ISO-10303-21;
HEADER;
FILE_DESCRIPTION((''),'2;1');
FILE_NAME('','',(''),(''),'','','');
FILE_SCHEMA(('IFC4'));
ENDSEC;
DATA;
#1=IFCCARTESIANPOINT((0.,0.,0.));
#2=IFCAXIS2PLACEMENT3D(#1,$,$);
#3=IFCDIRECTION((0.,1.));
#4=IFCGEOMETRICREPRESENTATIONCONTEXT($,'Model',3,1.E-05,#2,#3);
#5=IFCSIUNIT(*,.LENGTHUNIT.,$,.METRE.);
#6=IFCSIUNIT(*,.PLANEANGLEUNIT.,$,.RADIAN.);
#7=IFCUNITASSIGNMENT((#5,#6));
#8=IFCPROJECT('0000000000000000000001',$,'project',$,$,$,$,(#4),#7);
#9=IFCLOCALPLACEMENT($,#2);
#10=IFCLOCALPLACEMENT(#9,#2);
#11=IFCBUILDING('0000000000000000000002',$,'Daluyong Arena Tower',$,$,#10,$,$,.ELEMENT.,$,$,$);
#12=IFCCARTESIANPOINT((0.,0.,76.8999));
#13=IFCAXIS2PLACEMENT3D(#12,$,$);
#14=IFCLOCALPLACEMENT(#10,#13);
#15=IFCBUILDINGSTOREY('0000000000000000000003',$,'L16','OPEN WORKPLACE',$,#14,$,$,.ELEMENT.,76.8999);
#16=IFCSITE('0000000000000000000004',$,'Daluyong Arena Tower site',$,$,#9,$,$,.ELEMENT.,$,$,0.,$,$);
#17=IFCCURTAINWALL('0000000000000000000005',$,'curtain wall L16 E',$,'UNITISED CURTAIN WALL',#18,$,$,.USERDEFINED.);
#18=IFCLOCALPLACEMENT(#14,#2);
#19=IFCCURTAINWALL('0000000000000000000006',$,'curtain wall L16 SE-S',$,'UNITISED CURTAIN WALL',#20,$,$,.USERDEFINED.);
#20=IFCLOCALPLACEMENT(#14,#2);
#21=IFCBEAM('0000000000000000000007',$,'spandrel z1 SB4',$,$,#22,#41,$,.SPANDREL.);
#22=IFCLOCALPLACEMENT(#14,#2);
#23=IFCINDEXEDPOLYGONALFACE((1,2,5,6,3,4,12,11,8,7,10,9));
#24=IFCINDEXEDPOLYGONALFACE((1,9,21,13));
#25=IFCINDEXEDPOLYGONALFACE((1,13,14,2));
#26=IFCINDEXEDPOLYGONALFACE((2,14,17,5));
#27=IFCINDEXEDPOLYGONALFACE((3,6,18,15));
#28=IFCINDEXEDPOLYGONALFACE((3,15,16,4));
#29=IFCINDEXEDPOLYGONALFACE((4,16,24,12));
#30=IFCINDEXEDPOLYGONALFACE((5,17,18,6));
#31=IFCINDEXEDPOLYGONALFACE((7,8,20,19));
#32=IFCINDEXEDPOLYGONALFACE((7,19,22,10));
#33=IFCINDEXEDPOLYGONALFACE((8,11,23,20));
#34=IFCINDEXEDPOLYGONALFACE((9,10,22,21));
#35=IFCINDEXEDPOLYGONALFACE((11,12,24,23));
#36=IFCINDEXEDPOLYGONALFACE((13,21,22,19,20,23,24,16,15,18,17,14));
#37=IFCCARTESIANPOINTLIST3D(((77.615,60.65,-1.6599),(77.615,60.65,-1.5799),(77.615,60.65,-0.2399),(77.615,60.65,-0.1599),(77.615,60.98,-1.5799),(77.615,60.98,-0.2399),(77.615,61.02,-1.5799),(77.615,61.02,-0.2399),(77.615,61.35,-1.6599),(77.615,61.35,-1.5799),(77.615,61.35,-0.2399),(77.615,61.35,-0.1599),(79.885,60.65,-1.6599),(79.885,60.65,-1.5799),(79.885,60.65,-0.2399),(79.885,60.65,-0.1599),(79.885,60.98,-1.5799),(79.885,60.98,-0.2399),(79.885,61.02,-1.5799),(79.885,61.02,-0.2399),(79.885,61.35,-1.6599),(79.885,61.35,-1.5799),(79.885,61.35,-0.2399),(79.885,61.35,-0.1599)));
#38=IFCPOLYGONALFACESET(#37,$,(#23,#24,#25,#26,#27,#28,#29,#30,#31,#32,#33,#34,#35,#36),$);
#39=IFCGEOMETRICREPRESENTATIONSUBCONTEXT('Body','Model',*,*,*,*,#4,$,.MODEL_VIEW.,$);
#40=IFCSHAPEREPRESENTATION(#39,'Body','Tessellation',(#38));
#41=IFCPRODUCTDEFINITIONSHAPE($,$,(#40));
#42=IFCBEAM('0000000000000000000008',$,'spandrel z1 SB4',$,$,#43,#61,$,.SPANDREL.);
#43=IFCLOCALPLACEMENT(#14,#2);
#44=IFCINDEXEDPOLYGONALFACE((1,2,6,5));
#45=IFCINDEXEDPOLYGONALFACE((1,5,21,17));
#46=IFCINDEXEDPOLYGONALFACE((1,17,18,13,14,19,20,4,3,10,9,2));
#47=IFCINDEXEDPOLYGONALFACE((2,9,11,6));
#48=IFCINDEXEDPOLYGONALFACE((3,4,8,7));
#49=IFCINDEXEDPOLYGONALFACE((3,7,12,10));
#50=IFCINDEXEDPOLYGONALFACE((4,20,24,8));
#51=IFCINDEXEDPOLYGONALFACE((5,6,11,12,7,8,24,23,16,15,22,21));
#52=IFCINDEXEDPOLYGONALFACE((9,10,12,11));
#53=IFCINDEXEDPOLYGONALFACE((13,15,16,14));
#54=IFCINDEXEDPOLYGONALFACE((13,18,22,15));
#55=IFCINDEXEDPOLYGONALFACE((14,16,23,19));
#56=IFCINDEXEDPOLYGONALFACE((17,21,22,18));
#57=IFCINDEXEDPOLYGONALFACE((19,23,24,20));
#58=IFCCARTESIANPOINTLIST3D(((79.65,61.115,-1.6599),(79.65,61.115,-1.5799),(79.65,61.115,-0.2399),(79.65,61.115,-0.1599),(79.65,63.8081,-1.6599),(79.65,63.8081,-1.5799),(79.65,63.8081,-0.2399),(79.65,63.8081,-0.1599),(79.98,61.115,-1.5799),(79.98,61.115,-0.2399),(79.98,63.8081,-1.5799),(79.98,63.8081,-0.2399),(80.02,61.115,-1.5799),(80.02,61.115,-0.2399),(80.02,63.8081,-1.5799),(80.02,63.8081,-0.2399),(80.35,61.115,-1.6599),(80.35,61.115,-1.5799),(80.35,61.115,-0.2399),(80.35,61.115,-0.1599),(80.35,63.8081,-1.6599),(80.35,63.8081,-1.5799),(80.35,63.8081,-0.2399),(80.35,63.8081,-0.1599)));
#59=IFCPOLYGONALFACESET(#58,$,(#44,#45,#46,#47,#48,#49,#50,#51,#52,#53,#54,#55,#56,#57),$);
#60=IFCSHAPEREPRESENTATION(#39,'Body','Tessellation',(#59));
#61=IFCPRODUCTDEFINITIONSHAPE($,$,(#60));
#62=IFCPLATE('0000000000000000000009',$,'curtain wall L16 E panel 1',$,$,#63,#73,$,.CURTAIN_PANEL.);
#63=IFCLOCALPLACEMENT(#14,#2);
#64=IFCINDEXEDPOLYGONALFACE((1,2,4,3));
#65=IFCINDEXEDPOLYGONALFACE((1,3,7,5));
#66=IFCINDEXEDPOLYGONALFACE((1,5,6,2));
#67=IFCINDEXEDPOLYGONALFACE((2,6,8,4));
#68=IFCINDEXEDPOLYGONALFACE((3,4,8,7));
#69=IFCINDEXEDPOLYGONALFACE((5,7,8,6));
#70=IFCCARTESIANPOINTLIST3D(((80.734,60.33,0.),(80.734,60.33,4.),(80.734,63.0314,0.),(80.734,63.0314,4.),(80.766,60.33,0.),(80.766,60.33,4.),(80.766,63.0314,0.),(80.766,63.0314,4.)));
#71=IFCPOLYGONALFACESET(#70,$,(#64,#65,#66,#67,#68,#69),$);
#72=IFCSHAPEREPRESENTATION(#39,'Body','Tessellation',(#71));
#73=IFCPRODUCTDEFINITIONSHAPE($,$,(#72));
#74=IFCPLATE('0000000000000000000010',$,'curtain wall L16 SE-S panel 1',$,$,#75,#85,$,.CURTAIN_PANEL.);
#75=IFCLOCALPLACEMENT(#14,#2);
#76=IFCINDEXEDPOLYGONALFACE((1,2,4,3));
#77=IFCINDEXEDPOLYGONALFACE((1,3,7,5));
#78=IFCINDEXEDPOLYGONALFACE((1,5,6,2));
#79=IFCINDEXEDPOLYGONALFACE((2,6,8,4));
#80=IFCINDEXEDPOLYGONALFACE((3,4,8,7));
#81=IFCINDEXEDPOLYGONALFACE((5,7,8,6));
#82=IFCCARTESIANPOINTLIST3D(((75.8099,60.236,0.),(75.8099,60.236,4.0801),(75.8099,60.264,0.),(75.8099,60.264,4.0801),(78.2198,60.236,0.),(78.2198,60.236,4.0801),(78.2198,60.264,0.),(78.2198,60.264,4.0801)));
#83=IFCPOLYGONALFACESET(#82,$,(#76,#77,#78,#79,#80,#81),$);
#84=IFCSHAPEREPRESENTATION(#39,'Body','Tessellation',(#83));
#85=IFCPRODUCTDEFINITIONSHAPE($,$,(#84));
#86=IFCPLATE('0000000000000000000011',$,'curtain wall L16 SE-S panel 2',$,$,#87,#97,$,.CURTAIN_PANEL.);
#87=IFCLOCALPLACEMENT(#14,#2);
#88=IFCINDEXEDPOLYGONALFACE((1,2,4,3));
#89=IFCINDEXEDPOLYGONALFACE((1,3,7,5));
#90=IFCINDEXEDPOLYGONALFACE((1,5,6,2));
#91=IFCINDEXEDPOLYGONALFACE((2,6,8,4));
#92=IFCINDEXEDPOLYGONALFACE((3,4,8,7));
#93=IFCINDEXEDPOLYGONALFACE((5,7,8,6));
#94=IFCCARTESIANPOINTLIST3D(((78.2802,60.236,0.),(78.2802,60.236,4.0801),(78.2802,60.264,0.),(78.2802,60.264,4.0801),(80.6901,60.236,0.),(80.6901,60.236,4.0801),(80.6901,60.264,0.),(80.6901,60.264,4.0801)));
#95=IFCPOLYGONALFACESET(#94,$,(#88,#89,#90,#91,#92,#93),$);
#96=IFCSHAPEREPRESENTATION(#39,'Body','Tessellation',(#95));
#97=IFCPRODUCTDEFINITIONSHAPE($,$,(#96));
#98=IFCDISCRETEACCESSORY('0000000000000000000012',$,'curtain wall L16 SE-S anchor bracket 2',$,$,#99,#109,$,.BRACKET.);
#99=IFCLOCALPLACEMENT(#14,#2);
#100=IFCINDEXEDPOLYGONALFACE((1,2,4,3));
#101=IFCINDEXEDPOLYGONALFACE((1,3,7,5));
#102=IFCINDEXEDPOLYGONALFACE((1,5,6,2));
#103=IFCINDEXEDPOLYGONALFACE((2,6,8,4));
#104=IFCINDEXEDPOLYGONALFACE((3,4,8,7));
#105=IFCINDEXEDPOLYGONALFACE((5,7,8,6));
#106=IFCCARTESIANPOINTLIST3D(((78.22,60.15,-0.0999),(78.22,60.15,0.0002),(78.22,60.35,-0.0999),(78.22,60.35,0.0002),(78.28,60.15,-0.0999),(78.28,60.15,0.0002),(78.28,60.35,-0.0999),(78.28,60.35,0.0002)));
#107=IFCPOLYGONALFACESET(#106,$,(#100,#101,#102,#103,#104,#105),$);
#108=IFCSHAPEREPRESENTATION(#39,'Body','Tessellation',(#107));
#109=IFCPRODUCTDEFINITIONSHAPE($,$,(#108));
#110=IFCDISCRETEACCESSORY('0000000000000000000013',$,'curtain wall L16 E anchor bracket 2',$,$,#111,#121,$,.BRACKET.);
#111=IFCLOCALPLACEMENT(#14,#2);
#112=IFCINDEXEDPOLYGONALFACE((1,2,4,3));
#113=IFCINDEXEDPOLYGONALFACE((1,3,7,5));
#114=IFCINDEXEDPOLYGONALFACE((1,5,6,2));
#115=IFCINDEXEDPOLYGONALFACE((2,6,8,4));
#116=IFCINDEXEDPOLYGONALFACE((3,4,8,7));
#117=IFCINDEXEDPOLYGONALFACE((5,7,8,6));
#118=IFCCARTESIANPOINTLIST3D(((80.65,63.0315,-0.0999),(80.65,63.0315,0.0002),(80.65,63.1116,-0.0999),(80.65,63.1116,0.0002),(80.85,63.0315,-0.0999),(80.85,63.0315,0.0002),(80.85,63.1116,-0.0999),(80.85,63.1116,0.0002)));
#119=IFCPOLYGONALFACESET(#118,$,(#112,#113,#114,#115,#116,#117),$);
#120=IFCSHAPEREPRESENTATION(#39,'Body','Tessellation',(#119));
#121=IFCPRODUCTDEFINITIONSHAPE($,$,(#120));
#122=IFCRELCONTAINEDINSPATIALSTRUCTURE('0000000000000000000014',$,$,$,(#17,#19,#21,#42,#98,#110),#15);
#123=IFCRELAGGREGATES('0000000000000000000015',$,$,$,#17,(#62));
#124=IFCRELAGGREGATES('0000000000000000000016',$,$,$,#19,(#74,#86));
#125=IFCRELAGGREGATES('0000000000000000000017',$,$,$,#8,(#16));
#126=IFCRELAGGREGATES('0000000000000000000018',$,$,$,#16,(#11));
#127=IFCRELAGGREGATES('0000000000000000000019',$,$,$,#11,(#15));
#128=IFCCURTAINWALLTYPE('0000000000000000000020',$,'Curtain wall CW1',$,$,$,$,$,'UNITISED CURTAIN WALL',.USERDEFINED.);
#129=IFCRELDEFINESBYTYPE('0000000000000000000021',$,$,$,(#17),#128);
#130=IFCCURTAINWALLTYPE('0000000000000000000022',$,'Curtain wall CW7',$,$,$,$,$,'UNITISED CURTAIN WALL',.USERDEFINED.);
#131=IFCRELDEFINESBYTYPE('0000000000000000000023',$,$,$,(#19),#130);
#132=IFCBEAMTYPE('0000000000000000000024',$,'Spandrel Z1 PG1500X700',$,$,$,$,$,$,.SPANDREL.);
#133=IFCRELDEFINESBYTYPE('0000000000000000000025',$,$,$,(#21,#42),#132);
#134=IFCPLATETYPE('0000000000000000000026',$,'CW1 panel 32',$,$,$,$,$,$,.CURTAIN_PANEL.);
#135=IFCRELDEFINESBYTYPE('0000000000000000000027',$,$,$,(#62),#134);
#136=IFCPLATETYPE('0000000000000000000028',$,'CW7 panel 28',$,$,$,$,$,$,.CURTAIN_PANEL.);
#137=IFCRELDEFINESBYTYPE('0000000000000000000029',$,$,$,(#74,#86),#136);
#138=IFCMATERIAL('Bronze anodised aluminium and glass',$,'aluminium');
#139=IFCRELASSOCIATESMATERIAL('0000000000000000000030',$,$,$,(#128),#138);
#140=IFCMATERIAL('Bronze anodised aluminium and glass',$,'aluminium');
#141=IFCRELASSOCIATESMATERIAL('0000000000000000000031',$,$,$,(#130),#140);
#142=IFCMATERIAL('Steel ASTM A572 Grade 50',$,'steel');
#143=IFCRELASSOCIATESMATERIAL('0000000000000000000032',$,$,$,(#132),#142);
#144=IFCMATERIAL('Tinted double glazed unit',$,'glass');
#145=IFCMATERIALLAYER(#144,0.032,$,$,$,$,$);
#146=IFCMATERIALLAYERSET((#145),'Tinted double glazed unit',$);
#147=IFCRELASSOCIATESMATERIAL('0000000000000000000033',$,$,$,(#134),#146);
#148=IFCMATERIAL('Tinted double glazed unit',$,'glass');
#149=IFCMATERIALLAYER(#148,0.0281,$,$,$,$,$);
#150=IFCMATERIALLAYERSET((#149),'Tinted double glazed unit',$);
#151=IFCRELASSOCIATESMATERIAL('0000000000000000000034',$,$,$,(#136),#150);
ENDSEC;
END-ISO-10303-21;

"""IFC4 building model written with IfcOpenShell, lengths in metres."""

from ifc_helpers import new_model, si_unit, direction, frame, origin, origin_2d, place, context, subcontext, project, spatial, rectangle, i_section, extrude, material, layer, layer_set, material_profile, profile_set, type_object, element, aggregate, save


model = new_model("IFC4")

# Units and contexts
model_context = context("Model", 3, precision=1e-05, world=origin(), true_north=direction((0.0, 1.0)))
body_context = subcontext(model_context, "Body", "Model", "MODEL_VIEW")
ifc_project = project(units=[si_unit("LENGTHUNIT", "METRE"), si_unit("PLANEANGLEUNIT", "RADIAN")], contexts=[model_context])

# Site, building, storey
site_placement = place(None, origin())
site = spatial("IfcSite", under=ifc_project, at=site_placement, Name="Daluyong Arena Tower site", CompositionType="ELEMENT", RefElevation=0.0)
building_placement = place(site_placement, origin())
building = spatial("IfcBuilding", under=site, at=building_placement, Name="Daluyong Arena Tower", CompositionType="ELEMENT")
storey_placement = place(building_placement, frame((0.0, 0.0, 76.8999)))
storey = spatial("IfcBuildingStorey", under=building, at=storey_placement, Name="L16", Description="OPEN WORKPLACE", CompositionType="ELEMENT", Elevation=76.8999)

# Curtain walls
ifc_material_1 = material(Name="Bronze anodised aluminium and glass", Category="aluminium")
curtain_wall_type_1 = type_object("IfcCurtainWallType", Name="Curtain wall CW1", ElementType="UNITISED CURTAIN WALL", PredefinedType="USERDEFINED", material=ifc_material_1)
curtain_wall_1_placement = place(storey_placement, origin())
curtain_wall_1 = element("IfcCurtainWall", 1, at=curtain_wall_1_placement, inside=storey, type_object=curtain_wall_type_1, Name="curtain wall L16 E", ObjectType="UNITISED CURTAIN WALL", PredefinedType="USERDEFINED")
ifc_material_2 = material(Name="Bronze anodised aluminium and glass", Category="aluminium")
curtain_wall_type_2 = type_object("IfcCurtainWallType", Name="Curtain wall CW7", ElementType="UNITISED CURTAIN WALL", PredefinedType="USERDEFINED", material=ifc_material_2)
curtain_wall_2_placement = place(storey_placement, origin())
curtain_wall_2 = element("IfcCurtainWall", 2, at=curtain_wall_2_placement, inside=storey, type_object=curtain_wall_type_2, Name="curtain wall L16 SE-S", ObjectType="UNITISED CURTAIN WALL", PredefinedType="USERDEFINED")

# Beams
ifc_material_3 = material(Name="Steel ASTM A572 Grade 50", Category="steel")
ifc_material_profile_1 = material_profile(ifc_material_3, i_section(OverallWidth=0.7, OverallDepth=1.5, WebThickness=0.04, FlangeThickness=0.08, at=origin_2d()))
ifc_profile_set_1 = profile_set([ifc_material_profile_1], Name="Steel ASTM A572 Grade 50")
beam_type = type_object("IfcBeamType", Name="Spandrel Z1 PG1500X700", PredefinedType="SPANDREL", material=ifc_profile_set_1)
beam_1_placement = place(storey_placement, frame((77.615, 61.0, -0.9099), z_axis=(1.0, 0.0, 0.0), x_axis=(0.0, 1.0, 0.0)))
element("IfcBeam", 3, at=beam_1_placement, inside=storey, type_object=beam_type, Name="spandrel z1 SB4", PredefinedType="SPANDREL", context=body_context, shape_type="SweptSolid", body=[
    extrude(i_section(OverallWidth=0.7, OverallDepth=1.5, WebThickness=0.04, FlangeThickness=0.08, at=origin_2d()), origin(), (0.0, 0.0, 1.0), 2.27),
])
beam_2_placement = place(storey_placement, frame((80.0, 61.115, -0.9099), z_axis=(0.0, 1.0, 0.0), x_axis=(-1.0, 0.0, 0.0)))
element("IfcBeam", 4, at=beam_2_placement, inside=storey, type_object=beam_type, Name="spandrel z1 SB4", PredefinedType="SPANDREL", context=body_context, shape_type="SweptSolid", body=[
    extrude(i_section(OverallWidth=0.7, OverallDepth=1.5, WebThickness=0.04, FlangeThickness=0.08, at=origin_2d()), origin(), (0.0, 0.0, 1.0), 2.6931),
])

# Plates
ifc_material_4 = material(Name="Tinted double glazed unit", Category="glass")
ifc_layer_1 = layer(ifc_material_4, 0.032)
ifc_layer_set_1 = layer_set([ifc_layer_1], Name="Tinted double glazed unit")
plate_type_1 = type_object("IfcPlateType", Name="CW1 panel 32", PredefinedType="CURTAIN_PANEL", material=ifc_layer_set_1)
plate_1_placement = place(storey_placement, frame((80.75, 61.6807, 0.0), z_axis=(0.0, 0.0, 1.0), x_axis=(0.0, 1.0, 0.0)))
plate_1 = element("IfcPlate", 5, at=plate_1_placement, type_object=plate_type_1, Name="curtain wall L16 E panel 1", PredefinedType="CURTAIN_PANEL", context=body_context, shape_type="SweptSolid", body=[
    extrude(rectangle(XDim=2.7014, YDim=0.032, at=origin_2d()), origin(), (0.0, 0.0, 1.0), 4.0),
])
aggregate(curtain_wall_1, [plate_1])
ifc_material_5 = material(Name="Tinted double glazed unit", Category="glass")
ifc_layer_2 = layer(ifc_material_5, 0.0281)
ifc_layer_set_2 = layer_set([ifc_layer_2], Name="Tinted double glazed unit")
plate_type_2 = type_object("IfcPlateType", Name="CW7 panel 28", PredefinedType="CURTAIN_PANEL", material=ifc_layer_set_2)
plate_2_placement = place(storey_placement, frame((77.0149, 60.25, 0.0), z_axis=(0.0, 0.0, 1.0), x_axis=(1.0, 0.0, 0.0)))
plate_2 = element("IfcPlate", 6, at=plate_2_placement, type_object=plate_type_2, Name="curtain wall L16 SE-S panel 1", PredefinedType="CURTAIN_PANEL", context=body_context, shape_type="SweptSolid", body=[
    extrude(rectangle(XDim=2.4099, YDim=0.0281, at=origin_2d()), origin(), (0.0, 0.0, 1.0), 4.0801),
])
plate_3_placement = place(storey_placement, frame((79.4851, 60.25, 0.0), z_axis=(0.0, 0.0, 1.0), x_axis=(1.0, 0.0, 0.0)))
plate_3 = element("IfcPlate", 7, at=plate_3_placement, type_object=plate_type_2, Name="curtain wall L16 SE-S panel 2", PredefinedType="CURTAIN_PANEL", context=body_context, shape_type="SweptSolid", body=[
    extrude(rectangle(XDim=2.4099, YDim=0.0281, at=origin_2d()), origin(), (0.0, 0.0, 1.0), 4.0801),
])
aggregate(curtain_wall_2, [plate_2, plate_3])

# Discrete accessories
discrete_accessory_1_placement = place(storey_placement, frame((78.25, 60.25, -0.0999), z_axis=(0.0, 0.0, 1.0), x_axis=(1.0, 0.0, 0.0)))
element("IfcDiscreteAccessory", 8, at=discrete_accessory_1_placement, inside=storey, Name="curtain wall L16 SE-S anchor bracket 2", PredefinedType="BRACKET", context=body_context, shape_type="SweptSolid", body=[
    extrude(rectangle(XDim=0.0601, YDim=0.2, at=origin_2d()), origin(), (0.0, 0.0, 1.0), 0.1001),
])
discrete_accessory_2_placement = place(storey_placement, frame((80.75, 63.0715, -0.0999), z_axis=(0.0, 0.0, 1.0), x_axis=(0.0, 1.0, 0.0)))
element("IfcDiscreteAccessory", 9, at=discrete_accessory_2_placement, inside=storey, Name="curtain wall L16 E anchor bracket 2", PredefinedType="BRACKET", context=body_context, shape_type="SweptSolid", body=[
    extrude(rectangle(XDim=0.0801, YDim=0.2, at=origin_2d()), origin(), (0.0, 0.0, 1.0), 0.1001),
])

save(model, "model.ifc")
